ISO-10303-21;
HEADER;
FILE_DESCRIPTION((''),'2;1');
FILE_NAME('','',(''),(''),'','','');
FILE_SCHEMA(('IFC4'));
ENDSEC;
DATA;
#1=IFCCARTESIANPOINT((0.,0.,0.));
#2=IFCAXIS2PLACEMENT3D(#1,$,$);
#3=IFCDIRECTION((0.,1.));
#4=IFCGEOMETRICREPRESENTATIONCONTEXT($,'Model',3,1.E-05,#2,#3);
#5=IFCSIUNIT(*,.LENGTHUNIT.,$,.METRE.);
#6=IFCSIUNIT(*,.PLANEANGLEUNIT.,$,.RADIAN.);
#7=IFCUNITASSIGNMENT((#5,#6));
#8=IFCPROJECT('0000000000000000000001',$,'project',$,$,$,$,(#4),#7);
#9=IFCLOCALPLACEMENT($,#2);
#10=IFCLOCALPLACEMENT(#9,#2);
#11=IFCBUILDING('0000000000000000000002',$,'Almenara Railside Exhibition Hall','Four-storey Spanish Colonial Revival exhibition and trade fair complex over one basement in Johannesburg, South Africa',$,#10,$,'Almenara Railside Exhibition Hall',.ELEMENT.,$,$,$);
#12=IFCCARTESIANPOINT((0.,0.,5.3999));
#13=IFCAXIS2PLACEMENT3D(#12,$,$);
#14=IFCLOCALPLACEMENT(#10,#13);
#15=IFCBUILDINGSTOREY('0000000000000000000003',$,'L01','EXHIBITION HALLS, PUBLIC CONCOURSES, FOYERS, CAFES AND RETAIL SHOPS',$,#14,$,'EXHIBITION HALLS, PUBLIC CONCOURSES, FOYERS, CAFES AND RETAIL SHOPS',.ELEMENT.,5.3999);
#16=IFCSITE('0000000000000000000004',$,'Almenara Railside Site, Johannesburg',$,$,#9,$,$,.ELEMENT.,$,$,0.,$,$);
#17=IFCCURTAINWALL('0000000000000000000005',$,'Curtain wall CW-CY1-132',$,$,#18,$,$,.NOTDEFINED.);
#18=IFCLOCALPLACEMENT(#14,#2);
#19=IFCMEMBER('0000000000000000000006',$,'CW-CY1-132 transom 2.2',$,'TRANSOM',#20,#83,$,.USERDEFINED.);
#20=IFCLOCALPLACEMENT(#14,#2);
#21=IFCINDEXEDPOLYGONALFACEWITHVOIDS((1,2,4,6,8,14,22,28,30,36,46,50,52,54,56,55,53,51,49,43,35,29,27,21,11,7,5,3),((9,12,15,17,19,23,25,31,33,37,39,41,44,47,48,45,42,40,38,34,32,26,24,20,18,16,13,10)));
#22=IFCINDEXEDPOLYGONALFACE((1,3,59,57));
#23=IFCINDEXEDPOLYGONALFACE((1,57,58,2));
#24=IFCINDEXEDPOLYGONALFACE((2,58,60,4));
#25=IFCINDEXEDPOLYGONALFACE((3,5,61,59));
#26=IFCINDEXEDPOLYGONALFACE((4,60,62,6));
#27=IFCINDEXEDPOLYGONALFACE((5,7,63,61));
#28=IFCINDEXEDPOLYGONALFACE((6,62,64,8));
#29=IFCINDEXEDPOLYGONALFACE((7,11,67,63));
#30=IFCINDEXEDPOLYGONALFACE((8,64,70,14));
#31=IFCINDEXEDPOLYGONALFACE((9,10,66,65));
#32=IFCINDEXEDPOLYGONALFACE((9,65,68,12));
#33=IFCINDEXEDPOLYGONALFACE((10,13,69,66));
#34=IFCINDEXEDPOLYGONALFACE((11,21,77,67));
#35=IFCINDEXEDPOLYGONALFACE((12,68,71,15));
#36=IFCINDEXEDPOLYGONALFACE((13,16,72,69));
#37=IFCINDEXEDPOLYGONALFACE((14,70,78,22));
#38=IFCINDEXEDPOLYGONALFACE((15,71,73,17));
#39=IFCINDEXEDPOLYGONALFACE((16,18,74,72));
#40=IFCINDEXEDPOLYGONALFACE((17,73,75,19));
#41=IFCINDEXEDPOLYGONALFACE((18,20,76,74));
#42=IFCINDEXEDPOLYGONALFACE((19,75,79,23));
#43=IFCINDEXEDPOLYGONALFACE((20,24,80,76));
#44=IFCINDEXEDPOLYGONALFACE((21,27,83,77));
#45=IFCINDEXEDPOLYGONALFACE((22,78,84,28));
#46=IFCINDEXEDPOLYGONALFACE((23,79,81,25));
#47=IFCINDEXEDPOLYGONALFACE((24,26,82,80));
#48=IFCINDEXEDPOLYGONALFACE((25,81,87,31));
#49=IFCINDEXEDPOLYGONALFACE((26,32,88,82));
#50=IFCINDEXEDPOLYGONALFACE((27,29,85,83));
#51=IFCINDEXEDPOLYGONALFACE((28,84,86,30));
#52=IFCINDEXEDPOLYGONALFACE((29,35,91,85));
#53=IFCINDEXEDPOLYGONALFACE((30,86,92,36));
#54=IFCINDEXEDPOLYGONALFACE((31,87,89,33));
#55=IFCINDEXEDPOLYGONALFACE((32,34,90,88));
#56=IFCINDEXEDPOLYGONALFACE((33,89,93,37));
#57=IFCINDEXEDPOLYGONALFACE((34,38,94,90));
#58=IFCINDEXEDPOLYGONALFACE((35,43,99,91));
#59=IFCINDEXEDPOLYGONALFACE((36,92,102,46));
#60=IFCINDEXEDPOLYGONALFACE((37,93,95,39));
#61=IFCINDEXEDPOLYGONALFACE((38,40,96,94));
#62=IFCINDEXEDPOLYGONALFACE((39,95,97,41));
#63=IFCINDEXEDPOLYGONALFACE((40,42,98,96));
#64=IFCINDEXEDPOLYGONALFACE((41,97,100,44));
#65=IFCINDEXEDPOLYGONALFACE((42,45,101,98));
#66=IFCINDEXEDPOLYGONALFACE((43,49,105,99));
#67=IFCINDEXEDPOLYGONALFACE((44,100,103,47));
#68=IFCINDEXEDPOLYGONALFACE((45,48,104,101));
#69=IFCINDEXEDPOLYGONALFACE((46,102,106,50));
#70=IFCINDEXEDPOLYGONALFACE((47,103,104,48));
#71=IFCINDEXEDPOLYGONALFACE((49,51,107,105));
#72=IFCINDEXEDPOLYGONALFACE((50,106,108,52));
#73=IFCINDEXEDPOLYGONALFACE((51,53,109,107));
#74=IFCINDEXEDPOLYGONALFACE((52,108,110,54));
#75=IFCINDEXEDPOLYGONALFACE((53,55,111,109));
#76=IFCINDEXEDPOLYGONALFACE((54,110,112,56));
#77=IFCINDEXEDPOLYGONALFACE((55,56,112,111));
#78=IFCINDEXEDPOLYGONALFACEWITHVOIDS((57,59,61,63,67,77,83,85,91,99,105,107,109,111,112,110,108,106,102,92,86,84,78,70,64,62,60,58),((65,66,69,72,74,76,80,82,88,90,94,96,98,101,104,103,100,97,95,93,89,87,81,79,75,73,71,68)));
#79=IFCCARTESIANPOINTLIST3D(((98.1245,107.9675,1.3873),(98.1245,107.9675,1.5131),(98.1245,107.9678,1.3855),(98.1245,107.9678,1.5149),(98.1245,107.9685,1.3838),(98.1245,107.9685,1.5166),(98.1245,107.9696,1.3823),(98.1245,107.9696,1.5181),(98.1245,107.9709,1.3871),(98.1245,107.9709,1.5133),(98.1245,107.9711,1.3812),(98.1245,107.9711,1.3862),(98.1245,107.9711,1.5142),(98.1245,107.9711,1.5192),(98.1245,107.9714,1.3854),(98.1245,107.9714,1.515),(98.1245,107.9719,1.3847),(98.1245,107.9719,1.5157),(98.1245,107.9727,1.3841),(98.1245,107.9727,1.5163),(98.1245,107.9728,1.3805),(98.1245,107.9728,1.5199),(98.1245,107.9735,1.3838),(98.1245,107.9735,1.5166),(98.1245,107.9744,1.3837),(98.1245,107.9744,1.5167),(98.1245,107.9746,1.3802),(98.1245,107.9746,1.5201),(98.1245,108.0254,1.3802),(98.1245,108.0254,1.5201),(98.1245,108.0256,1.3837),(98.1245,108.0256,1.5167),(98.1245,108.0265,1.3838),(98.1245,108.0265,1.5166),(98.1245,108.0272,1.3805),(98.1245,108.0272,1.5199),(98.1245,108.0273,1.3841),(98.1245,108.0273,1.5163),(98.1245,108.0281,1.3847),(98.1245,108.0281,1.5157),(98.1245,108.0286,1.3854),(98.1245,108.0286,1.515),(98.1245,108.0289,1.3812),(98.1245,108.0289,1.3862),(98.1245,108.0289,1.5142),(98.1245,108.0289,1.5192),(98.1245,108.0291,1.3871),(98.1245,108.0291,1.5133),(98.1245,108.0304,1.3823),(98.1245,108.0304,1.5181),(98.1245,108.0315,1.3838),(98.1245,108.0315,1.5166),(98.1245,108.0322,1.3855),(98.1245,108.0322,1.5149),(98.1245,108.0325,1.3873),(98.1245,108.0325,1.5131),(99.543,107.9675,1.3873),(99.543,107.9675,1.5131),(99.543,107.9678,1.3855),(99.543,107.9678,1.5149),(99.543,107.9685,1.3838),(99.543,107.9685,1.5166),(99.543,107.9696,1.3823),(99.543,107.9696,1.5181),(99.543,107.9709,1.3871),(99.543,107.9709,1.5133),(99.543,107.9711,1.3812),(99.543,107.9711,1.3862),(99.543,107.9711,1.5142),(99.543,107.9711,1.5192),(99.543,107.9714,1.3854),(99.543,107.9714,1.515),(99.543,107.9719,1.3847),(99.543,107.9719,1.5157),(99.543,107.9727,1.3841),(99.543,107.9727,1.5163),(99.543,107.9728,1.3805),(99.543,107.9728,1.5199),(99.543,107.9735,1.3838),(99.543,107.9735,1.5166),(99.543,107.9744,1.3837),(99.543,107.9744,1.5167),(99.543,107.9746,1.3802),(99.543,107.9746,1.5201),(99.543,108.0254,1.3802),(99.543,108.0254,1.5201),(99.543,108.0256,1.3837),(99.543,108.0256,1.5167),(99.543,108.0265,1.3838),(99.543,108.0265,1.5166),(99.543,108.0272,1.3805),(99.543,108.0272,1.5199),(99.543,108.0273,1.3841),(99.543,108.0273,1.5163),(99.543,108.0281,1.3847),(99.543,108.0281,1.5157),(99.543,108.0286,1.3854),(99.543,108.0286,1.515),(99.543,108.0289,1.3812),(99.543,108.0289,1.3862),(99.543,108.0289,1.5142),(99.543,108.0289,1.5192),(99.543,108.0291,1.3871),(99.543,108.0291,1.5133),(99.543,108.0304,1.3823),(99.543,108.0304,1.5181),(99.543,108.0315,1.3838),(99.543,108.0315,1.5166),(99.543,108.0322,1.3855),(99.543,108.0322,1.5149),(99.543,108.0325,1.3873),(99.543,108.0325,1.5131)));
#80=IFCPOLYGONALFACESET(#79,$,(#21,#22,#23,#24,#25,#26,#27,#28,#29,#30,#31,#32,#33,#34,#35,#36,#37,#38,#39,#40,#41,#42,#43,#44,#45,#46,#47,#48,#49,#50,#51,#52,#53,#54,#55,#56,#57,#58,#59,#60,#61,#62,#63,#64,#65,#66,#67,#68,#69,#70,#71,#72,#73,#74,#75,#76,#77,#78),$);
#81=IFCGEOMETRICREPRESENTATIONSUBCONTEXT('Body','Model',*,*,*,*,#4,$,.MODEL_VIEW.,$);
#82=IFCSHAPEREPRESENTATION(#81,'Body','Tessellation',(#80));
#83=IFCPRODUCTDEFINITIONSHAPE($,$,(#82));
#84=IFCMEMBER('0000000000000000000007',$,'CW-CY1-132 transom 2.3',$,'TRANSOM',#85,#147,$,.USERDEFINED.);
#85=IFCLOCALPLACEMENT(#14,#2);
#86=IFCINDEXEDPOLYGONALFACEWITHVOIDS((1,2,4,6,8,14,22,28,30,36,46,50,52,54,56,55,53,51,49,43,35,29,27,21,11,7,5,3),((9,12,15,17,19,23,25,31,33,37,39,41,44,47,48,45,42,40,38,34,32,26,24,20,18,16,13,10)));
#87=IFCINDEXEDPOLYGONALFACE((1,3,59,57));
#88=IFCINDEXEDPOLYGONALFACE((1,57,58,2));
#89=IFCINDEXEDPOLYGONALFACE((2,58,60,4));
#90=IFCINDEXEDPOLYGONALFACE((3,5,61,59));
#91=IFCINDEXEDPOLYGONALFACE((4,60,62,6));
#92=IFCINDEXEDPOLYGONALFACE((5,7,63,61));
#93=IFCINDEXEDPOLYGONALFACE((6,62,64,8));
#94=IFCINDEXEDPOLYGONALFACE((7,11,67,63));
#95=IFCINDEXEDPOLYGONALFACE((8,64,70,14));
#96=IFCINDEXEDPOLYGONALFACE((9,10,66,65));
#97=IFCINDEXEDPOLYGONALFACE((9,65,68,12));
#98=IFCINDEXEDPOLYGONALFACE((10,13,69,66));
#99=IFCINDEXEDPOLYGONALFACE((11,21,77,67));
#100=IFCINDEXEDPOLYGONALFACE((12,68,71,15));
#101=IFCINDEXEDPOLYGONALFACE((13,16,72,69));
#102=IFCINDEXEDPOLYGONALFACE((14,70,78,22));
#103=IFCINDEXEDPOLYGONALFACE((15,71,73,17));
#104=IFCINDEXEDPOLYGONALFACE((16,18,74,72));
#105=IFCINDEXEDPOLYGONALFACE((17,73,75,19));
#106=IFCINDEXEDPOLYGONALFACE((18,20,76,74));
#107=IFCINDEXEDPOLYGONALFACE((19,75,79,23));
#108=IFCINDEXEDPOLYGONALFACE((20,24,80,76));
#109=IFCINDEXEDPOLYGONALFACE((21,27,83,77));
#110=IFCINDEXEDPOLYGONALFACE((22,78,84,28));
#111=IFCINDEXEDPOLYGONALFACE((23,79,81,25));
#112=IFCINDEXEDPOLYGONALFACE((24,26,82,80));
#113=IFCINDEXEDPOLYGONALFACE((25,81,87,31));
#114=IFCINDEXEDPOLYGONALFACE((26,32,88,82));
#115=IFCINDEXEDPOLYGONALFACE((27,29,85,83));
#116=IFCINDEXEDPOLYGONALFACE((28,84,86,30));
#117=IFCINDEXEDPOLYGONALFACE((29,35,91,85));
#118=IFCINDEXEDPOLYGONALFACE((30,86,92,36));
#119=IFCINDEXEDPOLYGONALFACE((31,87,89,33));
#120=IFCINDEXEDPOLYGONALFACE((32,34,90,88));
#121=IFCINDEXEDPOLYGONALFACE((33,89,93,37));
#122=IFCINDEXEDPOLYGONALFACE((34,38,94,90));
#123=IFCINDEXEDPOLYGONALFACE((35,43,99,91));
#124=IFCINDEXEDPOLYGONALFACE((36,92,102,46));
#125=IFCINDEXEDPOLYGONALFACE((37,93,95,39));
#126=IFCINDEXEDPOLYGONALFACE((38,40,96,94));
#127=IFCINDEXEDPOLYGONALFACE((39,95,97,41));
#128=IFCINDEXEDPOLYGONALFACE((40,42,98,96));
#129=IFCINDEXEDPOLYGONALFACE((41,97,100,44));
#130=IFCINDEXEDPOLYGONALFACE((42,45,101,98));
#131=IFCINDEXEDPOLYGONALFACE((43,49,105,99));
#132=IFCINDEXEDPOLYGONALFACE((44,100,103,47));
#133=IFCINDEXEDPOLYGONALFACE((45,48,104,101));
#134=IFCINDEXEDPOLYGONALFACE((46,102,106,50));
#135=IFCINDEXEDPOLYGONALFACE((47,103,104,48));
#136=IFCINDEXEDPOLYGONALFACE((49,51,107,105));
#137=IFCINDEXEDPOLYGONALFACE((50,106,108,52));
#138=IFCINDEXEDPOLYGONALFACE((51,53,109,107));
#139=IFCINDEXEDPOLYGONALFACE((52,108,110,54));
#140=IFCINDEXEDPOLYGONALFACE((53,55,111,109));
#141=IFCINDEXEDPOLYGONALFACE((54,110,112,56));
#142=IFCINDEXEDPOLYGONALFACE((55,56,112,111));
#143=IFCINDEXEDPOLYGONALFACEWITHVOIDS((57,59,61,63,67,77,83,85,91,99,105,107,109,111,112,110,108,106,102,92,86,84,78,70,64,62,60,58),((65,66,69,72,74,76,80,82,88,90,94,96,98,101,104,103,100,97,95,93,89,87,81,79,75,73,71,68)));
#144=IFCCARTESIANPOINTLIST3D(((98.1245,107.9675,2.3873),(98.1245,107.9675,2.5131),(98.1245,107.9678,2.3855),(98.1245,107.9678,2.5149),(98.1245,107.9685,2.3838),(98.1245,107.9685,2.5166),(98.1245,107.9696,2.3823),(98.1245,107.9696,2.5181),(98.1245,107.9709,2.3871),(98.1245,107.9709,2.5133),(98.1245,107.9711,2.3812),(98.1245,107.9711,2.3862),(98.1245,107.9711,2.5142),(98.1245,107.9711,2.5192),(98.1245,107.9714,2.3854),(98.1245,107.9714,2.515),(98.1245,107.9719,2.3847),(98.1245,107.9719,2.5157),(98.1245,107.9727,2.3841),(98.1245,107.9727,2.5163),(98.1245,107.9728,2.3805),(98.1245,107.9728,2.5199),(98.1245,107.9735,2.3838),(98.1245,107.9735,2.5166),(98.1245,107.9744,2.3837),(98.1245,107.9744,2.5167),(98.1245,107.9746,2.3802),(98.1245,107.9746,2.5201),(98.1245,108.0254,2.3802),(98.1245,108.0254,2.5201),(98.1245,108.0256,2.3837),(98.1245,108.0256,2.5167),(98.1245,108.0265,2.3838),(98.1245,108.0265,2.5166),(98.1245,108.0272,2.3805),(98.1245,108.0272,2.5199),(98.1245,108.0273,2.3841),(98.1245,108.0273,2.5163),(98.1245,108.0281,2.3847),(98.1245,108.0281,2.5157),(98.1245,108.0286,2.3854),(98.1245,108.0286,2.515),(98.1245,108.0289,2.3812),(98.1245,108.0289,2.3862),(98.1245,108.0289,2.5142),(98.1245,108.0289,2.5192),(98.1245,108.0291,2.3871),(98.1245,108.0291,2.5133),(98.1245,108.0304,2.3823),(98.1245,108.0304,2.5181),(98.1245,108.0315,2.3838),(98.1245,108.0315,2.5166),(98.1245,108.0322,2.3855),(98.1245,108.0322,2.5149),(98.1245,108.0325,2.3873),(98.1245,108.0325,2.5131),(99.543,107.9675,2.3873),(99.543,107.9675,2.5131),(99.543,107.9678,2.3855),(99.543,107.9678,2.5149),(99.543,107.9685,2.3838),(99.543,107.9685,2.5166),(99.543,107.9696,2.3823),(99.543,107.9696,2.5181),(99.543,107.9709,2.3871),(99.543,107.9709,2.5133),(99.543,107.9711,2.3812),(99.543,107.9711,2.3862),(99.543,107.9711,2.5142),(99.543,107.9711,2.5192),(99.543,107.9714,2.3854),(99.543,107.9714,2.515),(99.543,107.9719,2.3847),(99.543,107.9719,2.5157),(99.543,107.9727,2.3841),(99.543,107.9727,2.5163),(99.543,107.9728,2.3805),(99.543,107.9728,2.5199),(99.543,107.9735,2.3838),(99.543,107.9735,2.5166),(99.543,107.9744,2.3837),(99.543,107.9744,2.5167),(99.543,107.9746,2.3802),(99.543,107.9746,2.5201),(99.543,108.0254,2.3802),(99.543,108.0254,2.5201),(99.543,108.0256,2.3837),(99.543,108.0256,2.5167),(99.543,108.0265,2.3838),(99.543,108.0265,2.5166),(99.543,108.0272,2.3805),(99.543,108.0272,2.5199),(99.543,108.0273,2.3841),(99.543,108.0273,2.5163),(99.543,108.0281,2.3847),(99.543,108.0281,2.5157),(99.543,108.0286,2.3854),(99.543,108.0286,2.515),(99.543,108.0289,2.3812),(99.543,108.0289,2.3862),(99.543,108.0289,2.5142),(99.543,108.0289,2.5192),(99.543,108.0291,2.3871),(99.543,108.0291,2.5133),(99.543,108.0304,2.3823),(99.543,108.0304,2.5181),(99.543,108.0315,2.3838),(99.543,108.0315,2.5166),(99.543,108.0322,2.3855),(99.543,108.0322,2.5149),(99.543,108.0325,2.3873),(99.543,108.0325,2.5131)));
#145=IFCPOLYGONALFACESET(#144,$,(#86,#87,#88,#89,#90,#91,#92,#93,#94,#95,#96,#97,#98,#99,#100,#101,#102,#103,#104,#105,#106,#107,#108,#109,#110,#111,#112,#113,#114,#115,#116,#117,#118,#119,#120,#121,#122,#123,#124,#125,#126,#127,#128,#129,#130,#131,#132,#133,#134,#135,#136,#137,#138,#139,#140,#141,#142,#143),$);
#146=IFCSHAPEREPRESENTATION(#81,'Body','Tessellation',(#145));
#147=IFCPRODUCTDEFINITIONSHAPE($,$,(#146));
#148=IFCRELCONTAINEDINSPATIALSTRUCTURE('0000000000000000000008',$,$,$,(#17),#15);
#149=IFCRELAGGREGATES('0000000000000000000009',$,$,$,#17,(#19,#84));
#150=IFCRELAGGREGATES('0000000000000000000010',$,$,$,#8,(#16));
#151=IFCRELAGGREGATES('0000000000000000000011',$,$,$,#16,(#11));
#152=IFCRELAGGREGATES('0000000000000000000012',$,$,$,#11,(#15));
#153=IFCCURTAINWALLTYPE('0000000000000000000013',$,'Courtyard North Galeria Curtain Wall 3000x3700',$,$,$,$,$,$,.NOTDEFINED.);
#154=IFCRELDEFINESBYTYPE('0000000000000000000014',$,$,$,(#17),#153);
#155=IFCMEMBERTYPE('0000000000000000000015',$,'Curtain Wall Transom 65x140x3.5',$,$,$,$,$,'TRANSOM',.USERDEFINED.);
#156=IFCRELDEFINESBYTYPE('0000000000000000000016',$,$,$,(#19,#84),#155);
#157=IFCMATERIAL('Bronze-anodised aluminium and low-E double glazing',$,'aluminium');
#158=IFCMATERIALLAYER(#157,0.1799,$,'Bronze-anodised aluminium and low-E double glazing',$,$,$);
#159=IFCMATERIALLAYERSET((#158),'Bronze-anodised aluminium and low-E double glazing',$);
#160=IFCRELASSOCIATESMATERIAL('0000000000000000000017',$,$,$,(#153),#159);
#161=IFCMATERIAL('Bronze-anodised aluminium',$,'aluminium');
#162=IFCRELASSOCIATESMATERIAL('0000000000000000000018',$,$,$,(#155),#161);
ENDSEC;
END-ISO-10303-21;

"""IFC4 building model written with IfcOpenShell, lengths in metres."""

from ifc_helpers import new_model, si_unit, direction, frame, origin, origin_2d, place, context, subcontext, project, spatial, hollow_rectangle, extrude, material, layer, layer_set, material_profile, profile_set, type_object, element, aggregate, save


model = new_model("IFC4")

# Units and contexts
model_context = context("Model", 3, precision=1e-05, world=origin(), true_north=direction((0.0, 1.0)))
body_context = subcontext(model_context, "Body", "Model", "MODEL_VIEW")
ifc_project = project(units=[si_unit("LENGTHUNIT", "METRE"), si_unit("PLANEANGLEUNIT", "RADIAN")], contexts=[model_context])

# Site, building, storey
site_placement = place(None, origin())
site = spatial("IfcSite", under=ifc_project, at=site_placement, Name="Almenara Railside Site, Johannesburg", CompositionType="ELEMENT", RefElevation=0.0)
building_placement = place(site_placement, origin())
building = spatial("IfcBuilding", under=site, at=building_placement, Name="Almenara Railside Exhibition Hall", Description="Four-storey Spanish Colonial Revival exhibition and trade fair complex over one basement in Johannesburg, South Africa", LongName="Almenara Railside Exhibition Hall", CompositionType="ELEMENT")
storey_placement = place(building_placement, frame((0.0, 0.0, 5.3999)))
storey = spatial("IfcBuildingStorey", under=building, at=storey_placement, Name="L01", Description="EXHIBITION HALLS, PUBLIC CONCOURSES, FOYERS, CAFES AND RETAIL SHOPS", LongName="EXHIBITION HALLS, PUBLIC CONCOURSES, FOYERS, CAFES AND RETAIL SHOPS", CompositionType="ELEMENT", Elevation=5.3999)

# Curtain wall
ifc_material_1 = material(Name="Bronze-anodised aluminium and low-E double glazing", Category="aluminium")
ifc_layer_1 = layer(ifc_material_1, 0.1799, Name="Bronze-anodised aluminium and low-E double glazing")
ifc_layer_set_1 = layer_set([ifc_layer_1], Name="Bronze-anodised aluminium and low-E double glazing")
curtain_wall_type = type_object("IfcCurtainWallType", Name="Courtyard North Galeria Curtain Wall 3000x3700", PredefinedType="NOTDEFINED", material=ifc_layer_set_1)
curtain_wall_1_placement = place(storey_placement, origin())
curtain_wall_1 = element("IfcCurtainWall", 1, at=curtain_wall_1_placement, inside=storey, type_object=curtain_wall_type, Name="Curtain wall CW-CY1-132", PredefinedType="NOTDEFINED")
ifc_material_2 = material(Name="Bronze-anodised aluminium", Category="aluminium")

# Members
ifc_material_profile_1 = material_profile(ifc_material_2, hollow_rectangle(XDim=0.0649, YDim=0.1399, WallThickness=0.0034, InnerFilletRadius=0.0034, OuterFilletRadius=0.0071, at=origin_2d()), Name="ALU-TRN 65x140x3.5")
ifc_profile_set_1 = profile_set([ifc_material_profile_1], Name="Bronze-anodised aluminium")
member_type_1 = type_object("IfcMemberType", Name="Curtain Wall Transom 65x140x3.5", ElementType="TRANSOM", PredefinedType="USERDEFINED", material=ifc_profile_set_1)
member_1_placement = place(storey_placement, frame((98.1245, 108.0, 1.4502), z_axis=(1.0, 0.0, 0.0), x_axis=(0.0, 1.0, 0.0)))
member_1 = element("IfcMember", 2, at=member_1_placement, type_object=member_type_1, Name="CW-CY1-132 transom 2.2", ObjectType="TRANSOM", PredefinedType="USERDEFINED", context=body_context, shape_type="SweptSolid", body=[
    extrude(hollow_rectangle(XDim=0.0649, YDim=0.1399, WallThickness=0.0034, InnerFilletRadius=0.0034, OuterFilletRadius=0.0071, at=origin_2d()), origin(), (0.0, 0.0, 1.0), 1.4185),
])
member_2_placement = place(storey_placement, frame((98.1245, 108.0, 2.4502), z_axis=(1.0, 0.0, 0.0), x_axis=(0.0, 1.0, 0.0)))
member_2 = element("IfcMember", 3, at=member_2_placement, type_object=member_type_1, Name="CW-CY1-132 transom 2.3", ObjectType="TRANSOM", PredefinedType="USERDEFINED", context=body_context, shape_type="SweptSolid", body=[
    extrude(hollow_rectangle(XDim=0.0649, YDim=0.1399, WallThickness=0.0034, InnerFilletRadius=0.0034, OuterFilletRadius=0.0071, at=origin_2d()), origin(), (0.0, 0.0, 1.0), 1.4185),
])

aggregate(curtain_wall_1, [member_1, member_2])

save(model, "model.ifc")
